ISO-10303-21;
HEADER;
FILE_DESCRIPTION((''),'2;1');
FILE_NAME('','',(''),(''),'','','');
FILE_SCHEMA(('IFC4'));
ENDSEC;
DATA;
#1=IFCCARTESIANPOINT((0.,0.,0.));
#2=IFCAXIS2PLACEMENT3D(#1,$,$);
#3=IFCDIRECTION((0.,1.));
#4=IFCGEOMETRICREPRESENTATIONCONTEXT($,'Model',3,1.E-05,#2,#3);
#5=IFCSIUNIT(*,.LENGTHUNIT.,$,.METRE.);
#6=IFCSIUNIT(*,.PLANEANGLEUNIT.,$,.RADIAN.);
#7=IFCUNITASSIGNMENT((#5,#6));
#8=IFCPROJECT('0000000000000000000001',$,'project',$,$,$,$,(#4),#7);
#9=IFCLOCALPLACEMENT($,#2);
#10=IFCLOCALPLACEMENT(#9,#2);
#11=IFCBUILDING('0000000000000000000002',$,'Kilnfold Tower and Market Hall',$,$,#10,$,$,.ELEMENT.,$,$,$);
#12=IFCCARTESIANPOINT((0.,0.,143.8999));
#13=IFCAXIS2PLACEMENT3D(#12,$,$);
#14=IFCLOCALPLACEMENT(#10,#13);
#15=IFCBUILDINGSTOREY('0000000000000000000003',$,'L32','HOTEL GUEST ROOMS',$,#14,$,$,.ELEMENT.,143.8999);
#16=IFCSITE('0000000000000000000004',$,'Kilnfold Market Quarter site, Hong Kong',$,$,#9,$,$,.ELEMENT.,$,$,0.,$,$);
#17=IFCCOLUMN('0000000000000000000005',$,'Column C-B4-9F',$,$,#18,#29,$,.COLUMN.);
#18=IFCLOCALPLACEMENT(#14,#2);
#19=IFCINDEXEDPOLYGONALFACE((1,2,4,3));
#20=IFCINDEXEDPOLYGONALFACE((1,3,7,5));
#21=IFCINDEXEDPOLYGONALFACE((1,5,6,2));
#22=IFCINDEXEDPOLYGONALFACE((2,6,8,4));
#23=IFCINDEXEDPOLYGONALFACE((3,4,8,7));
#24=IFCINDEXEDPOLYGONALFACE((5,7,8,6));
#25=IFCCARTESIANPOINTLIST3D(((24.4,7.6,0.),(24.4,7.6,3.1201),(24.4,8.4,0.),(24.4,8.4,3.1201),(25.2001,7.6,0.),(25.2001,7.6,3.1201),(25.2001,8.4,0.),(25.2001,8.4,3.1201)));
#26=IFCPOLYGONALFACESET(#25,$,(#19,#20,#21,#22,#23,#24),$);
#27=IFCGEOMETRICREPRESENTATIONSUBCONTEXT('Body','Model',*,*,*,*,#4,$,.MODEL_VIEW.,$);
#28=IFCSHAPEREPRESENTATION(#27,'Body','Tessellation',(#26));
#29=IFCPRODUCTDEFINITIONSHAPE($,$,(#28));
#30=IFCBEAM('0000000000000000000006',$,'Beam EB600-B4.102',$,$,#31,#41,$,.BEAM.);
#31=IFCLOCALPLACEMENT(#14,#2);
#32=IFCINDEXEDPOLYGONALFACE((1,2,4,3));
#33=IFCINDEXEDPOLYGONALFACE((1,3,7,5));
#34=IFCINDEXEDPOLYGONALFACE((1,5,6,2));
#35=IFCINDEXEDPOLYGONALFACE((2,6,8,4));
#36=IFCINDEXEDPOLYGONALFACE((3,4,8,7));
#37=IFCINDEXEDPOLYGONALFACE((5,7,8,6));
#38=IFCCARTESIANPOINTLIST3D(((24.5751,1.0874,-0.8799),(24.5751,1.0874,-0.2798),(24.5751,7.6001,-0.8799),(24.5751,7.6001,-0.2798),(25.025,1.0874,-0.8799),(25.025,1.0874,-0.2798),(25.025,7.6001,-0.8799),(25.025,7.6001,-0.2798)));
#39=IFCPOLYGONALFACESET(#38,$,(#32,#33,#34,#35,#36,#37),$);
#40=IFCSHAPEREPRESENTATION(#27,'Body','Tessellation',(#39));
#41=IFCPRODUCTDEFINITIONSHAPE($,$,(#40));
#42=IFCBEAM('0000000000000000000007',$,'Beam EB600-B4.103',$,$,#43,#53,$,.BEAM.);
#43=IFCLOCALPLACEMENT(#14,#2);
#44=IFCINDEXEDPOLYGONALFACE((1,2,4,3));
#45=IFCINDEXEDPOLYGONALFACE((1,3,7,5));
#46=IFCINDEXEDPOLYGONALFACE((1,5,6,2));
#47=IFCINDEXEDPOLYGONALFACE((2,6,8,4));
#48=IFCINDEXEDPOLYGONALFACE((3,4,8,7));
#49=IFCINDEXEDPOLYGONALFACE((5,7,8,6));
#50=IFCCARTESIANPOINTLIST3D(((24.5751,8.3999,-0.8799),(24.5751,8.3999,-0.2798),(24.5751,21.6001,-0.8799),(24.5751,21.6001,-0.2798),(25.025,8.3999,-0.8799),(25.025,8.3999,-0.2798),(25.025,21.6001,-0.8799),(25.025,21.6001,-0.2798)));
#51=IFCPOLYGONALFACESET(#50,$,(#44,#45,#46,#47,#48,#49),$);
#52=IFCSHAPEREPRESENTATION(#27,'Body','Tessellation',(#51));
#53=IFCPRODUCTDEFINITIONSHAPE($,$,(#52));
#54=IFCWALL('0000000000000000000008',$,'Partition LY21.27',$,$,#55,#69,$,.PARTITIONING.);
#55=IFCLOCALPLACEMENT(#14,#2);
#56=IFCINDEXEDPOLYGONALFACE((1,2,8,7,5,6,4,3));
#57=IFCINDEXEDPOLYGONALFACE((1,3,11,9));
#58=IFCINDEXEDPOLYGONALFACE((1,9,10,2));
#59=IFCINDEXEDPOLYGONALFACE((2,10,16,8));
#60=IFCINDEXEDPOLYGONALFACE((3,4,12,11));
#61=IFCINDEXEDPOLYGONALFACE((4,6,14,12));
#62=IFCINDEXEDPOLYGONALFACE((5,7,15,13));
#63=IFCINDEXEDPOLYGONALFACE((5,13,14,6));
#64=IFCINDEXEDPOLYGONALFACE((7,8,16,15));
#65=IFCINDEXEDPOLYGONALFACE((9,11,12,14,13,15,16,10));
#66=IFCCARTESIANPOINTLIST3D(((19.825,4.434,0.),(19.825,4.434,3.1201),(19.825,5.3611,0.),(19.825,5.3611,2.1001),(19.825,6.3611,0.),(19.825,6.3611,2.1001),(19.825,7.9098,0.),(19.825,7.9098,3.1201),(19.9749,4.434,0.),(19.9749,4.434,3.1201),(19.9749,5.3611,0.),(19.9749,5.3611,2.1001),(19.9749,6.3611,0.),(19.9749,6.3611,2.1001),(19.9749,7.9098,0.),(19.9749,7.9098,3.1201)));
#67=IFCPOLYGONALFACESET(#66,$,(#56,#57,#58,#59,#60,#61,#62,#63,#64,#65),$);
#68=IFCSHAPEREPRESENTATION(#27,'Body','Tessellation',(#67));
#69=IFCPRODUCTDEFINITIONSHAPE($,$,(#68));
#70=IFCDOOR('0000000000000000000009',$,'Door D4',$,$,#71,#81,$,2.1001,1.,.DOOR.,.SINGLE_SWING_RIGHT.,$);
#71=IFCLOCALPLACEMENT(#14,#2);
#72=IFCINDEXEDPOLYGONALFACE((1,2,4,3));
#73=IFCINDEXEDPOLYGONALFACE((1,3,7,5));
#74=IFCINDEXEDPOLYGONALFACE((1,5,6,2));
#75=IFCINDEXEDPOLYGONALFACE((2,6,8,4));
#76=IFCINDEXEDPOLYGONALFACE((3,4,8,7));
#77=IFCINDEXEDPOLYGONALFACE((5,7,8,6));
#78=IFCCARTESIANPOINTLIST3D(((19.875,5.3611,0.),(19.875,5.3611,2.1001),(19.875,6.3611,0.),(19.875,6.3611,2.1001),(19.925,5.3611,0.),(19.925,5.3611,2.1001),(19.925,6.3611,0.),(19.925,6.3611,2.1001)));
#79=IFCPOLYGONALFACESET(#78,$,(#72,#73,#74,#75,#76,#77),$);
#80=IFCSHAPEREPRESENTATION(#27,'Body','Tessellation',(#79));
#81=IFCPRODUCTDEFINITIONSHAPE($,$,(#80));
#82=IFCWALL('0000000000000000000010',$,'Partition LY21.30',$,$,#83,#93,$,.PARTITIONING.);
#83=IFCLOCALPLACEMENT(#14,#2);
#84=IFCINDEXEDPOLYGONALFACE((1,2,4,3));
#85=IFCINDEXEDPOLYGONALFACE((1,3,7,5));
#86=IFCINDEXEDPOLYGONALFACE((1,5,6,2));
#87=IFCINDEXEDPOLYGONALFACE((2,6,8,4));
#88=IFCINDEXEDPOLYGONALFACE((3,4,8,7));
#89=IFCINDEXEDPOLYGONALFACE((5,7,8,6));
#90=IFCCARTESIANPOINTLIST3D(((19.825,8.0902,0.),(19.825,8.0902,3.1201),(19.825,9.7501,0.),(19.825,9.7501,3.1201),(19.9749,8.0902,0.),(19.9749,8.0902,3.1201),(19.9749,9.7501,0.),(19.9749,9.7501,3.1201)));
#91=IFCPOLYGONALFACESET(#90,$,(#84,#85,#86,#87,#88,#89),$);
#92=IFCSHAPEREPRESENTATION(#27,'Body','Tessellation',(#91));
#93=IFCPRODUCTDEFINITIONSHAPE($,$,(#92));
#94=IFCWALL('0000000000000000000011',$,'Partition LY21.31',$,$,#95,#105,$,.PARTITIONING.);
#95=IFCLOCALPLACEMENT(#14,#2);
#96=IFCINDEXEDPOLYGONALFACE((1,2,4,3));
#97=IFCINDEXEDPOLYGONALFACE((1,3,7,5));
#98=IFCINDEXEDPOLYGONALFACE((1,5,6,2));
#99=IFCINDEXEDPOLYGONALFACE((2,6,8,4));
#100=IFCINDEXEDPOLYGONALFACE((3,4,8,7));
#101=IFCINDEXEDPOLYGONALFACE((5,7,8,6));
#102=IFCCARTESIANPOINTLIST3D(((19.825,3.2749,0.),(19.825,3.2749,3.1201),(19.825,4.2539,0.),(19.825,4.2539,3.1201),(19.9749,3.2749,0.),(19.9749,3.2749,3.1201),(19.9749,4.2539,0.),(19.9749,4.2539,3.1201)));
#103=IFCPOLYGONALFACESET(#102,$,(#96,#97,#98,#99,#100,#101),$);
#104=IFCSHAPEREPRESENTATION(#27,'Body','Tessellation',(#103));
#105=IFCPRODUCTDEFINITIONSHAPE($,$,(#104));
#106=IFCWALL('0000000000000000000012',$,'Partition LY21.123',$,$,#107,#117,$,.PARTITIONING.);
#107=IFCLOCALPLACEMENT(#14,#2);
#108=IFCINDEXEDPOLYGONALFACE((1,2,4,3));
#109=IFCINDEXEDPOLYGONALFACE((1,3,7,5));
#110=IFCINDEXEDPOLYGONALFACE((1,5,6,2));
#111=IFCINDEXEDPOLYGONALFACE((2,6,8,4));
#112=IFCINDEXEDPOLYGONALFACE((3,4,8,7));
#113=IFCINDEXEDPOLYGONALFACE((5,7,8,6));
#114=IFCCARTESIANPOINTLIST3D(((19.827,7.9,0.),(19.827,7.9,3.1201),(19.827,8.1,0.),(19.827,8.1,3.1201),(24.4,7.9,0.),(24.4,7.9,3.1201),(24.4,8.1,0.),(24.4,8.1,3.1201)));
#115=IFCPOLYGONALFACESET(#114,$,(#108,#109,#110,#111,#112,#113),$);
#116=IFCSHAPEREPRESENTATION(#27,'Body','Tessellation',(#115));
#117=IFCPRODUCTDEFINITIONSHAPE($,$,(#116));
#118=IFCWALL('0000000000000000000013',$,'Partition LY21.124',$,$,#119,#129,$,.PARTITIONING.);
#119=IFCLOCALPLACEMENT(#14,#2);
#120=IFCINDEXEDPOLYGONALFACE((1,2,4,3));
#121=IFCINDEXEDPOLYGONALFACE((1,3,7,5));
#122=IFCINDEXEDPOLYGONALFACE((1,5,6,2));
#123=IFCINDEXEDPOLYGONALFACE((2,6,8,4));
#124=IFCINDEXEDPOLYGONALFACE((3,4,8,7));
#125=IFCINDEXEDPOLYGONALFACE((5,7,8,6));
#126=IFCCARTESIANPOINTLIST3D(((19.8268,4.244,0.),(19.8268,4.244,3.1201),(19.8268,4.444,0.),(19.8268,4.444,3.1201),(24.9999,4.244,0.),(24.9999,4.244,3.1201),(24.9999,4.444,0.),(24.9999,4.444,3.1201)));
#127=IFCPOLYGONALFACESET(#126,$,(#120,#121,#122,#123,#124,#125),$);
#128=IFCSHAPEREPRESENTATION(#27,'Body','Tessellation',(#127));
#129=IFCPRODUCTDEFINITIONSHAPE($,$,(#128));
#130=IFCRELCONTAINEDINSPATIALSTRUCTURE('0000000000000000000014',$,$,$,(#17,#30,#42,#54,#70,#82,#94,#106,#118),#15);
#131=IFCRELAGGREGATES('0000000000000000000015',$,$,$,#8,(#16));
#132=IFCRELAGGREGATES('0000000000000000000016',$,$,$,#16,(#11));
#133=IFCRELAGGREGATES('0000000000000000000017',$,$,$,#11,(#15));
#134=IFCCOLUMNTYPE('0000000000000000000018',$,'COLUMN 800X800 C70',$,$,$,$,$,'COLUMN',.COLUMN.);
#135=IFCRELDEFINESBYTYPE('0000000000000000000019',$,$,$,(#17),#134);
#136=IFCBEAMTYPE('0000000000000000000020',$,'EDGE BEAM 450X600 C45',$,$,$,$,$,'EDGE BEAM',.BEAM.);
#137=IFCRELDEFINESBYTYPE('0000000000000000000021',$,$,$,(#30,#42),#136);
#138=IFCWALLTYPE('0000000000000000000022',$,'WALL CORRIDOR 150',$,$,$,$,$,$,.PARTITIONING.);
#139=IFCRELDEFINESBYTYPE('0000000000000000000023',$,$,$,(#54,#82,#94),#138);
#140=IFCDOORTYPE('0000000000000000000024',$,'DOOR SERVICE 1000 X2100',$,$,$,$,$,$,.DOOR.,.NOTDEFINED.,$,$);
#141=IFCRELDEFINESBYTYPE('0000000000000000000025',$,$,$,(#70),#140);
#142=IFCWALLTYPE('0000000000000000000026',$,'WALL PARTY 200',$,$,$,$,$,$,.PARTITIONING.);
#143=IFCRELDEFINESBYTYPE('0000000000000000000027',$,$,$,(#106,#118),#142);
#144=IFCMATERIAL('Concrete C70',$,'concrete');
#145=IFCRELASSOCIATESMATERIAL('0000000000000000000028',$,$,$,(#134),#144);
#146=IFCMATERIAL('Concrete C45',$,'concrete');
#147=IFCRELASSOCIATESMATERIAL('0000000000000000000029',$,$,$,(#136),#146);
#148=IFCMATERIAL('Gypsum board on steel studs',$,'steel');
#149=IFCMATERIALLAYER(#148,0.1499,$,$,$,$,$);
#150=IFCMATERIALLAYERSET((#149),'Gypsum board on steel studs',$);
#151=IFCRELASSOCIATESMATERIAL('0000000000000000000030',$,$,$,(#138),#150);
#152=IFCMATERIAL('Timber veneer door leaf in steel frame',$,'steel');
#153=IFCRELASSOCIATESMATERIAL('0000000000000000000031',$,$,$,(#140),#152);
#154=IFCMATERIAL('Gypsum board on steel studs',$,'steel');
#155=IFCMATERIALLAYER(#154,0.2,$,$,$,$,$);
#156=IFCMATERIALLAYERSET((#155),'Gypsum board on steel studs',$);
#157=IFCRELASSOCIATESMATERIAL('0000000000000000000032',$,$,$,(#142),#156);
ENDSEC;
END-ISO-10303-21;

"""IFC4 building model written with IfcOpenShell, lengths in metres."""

from ifc_helpers import new_model, si_unit, direction, frame, frame_2d, origin, origin_2d, place, context, subcontext, project, spatial, rectangle, extrude, source, transform, mapped, material, layer, layer_set, material_profile, profile_set, type_object, element, fill, save


model = new_model("IFC4")

# Units and contexts
model_context = context("Model", 3, precision=1e-05, world=origin(), true_north=direction((0.0, 1.0)))
body_context = subcontext(model_context, "Body", "Model", "MODEL_VIEW")
ifc_project = project(units=[si_unit("LENGTHUNIT", "METRE"), si_unit("PLANEANGLEUNIT", "RADIAN")], contexts=[model_context])

# Site, building, storey
site_placement = place(None, origin())
site = spatial("IfcSite", under=ifc_project, at=site_placement, Name="Kilnfold Market Quarter site, Hong Kong", CompositionType="ELEMENT", RefElevation=0.0)
building_placement = place(site_placement, origin())
building = spatial("IfcBuilding", under=site, at=building_placement, Name="Kilnfold Tower and Market Hall", CompositionType="ELEMENT")
storey_placement = place(building_placement, frame((0.0, 0.0, 143.8999)))
storey = spatial("IfcBuildingStorey", under=building, at=storey_placement, Name="L32", Description="HOTEL GUEST ROOMS", CompositionType="ELEMENT", Elevation=143.8999)

# Column
ifc_material_1 = material(Name="Concrete C70", Category="concrete")
ifc_material_profile_1 = material_profile(ifc_material_1, rectangle(XDim=0.8, YDim=0.8, at=origin_2d()), Name="RC 800x800")
ifc_profile_set_1 = profile_set([ifc_material_profile_1], Name="Concrete C70")
column_type = type_object("IfcColumnType", Name="COLUMN 800X800 C70", ElementType="COLUMN", PredefinedType="COLUMN", material=ifc_profile_set_1)
shared_shape_1 = source(origin(), body_context, "Body", "SweptSolid", [
    extrude(rectangle(XDim=0.8, YDim=0.8, at=origin_2d()), origin(), (0.0, 0.0, 1.0), 3.1201),
])
column_placement = place(storey_placement, frame((24.8, 8.0, 0.0), z_axis=(0.0, 0.0, 1.0), x_axis=(1.0, 0.0, 0.0)))
element("IfcColumn", 1, at=column_placement, inside=storey, type_object=column_type, Name="Column C-B4-9F", PredefinedType="COLUMN", context=body_context, shape_type="MappedRepresentation", body=[
    mapped(shared_shape_1, transform((0.0, 0.0, 0.0))),
])

# Beams
ifc_material_2 = material(Name="Concrete C45", Category="concrete")
ifc_material_profile_2 = material_profile(ifc_material_2, rectangle(XDim=0.45, YDim=0.6001, at=origin_2d()), Name="RC 450x600")
ifc_profile_set_2 = profile_set([ifc_material_profile_2], Name="Concrete C45")
beam_type = type_object("IfcBeamType", Name="EDGE BEAM 450X600 C45", ElementType="EDGE BEAM", PredefinedType="BEAM", material=ifc_profile_set_2)
shared_shape_2 = source(origin(), body_context, "Body", "SweptSolid", [
    extrude(rectangle(XDim=0.45, YDim=0.6001, at=origin_2d()), origin(), (0.0, 0.0, 1.0), 6.5127),
])
beam_1_placement = place(storey_placement, frame((24.8, 1.0874, -0.5798), z_axis=(0.0, 1.0, 0.0), x_axis=(-1.0, 0.0, 0.0)))
element("IfcBeam", 2, at=beam_1_placement, inside=storey, type_object=beam_type, Name="Beam EB600-B4.102", PredefinedType="BEAM", context=body_context, shape_type="MappedRepresentation", body=[
    mapped(shared_shape_2, transform((0.0, 0.0, 0.0))),
])
shared_shape_3 = source(origin(), body_context, "Body", "SweptSolid", [
    extrude(rectangle(XDim=0.45, YDim=0.6001, at=origin_2d()), origin(), (0.0, 0.0, 1.0), 13.2002),
])
beam_2_placement = place(storey_placement, frame((24.8, 8.3999, -0.5798), z_axis=(0.0, 1.0, 0.0), x_axis=(-1.0, 0.0, 0.0)))
element("IfcBeam", 3, at=beam_2_placement, inside=storey, type_object=beam_type, Name="Beam EB600-B4.103", PredefinedType="BEAM", context=body_context, shape_type="MappedRepresentation", body=[
    mapped(shared_shape_3, transform((0.0, 0.0, 0.0))),
])

# Wall, opening, door
ifc_material_3 = material(Name="Gypsum board on steel studs", Category="steel")
ifc_layer_1 = layer(ifc_material_3, 0.1499)
ifc_layer_set_1 = layer_set([ifc_layer_1], Name="Gypsum board on steel studs")
wall_type_1 = type_object("IfcWallType", Name="WALL CORRIDOR 150", PredefinedType="PARTITIONING", material=ifc_layer_set_1)
wall_1_placement = place(storey_placement, frame((19.8999, 4.4341, 0.0), z_axis=(0.0, 0.0, 1.0), x_axis=(0.0, 1.0, 0.0)))
wall_1 = element("IfcWall", 4, at=wall_1_placement, inside=storey, type_object=wall_type_1, Name="Partition LY21.27", PredefinedType="PARTITIONING", context=body_context, shape_type="SweptSolid", body=[
    extrude(rectangle(XDim=3.4758, YDim=0.1499, at=frame_2d((1.7378, 0.0))), origin(), (0.0, 0.0, 1.0), 3.1201),
])
opening_1_placement = place(wall_1_placement, frame((0.927, 0.0, 0.0)))
opening_1 = element("IfcOpeningElement", 5, at=opening_1_placement, cuts=wall_1, PredefinedType="OPENING", context=body_context, shape_type="SweptSolid", body=[
    extrude(rectangle(XDim=1.0, YDim=2.1001, at=frame_2d((0.5, 1.05))), frame((0.0, 0.085, 0.0), z_axis=(0.0, -1.0, 0.0), x_axis=(1.0, 0.0, 0.0)), (0.0, 0.0, 1.0), 0.1699),
])
ifc_material_4 = material(Name="Timber veneer door leaf in steel frame", Category="steel")
door_type = type_object("IfcDoorType", Name="DOOR SERVICE 1000 X2100", OperationType="NOTDEFINED", PredefinedType="DOOR", material=ifc_material_4)
door_placement = place(opening_1_placement, origin())
door = element("IfcDoor", 6, at=door_placement, inside=storey, type_object=door_type, Name="Door D4", OperationType="SINGLE_SWING_RIGHT", OverallHeight=2.1001, OverallWidth=1.0, PredefinedType="DOOR", context=body_context, shape_type="SweptSolid", body=[
    extrude(rectangle(XDim=1.0, YDim=2.1001, at=frame_2d((0.5, 1.05))), frame((0.0, 0.0249, 0.0), z_axis=(0.0, -1.0, 0.0), x_axis=(1.0, 0.0, 0.0)), (0.0, 0.0, 1.0), 0.05),
])
fill(opening_1, door)

# Walls
wall_2_placement = place(storey_placement, frame((19.8999, 8.0901, 0.0), z_axis=(0.0, 0.0, 1.0), x_axis=(0.0, 1.0, 0.0)))
element("IfcWall", 7, at=wall_2_placement, inside=storey, type_object=wall_type_1, Name="Partition LY21.30", PredefinedType="PARTITIONING", context=body_context, shape_type="SweptSolid", body=[
    extrude(rectangle(XDim=1.6599, YDim=0.1499, at=frame_2d((0.8301, 0.0))), origin(), (0.0, 0.0, 1.0), 3.1201),
])
wall_3_placement = place(storey_placement, frame((19.8999, 3.2749, 0.0), z_axis=(0.0, 0.0, 1.0), x_axis=(0.0, 1.0, 0.0)))
element("IfcWall", 8, at=wall_3_placement, inside=storey, type_object=wall_type_1, Name="Partition LY21.31", PredefinedType="PARTITIONING", context=body_context, shape_type="SweptSolid", body=[
    extrude(rectangle(XDim=0.979, YDim=0.1499, at=frame_2d((0.4895, 0.0))), origin(), (0.0, 0.0, 1.0), 3.1201),
])
ifc_material_5 = material(Name="Gypsum board on steel studs", Category="steel")
ifc_layer_2 = layer(ifc_material_5, 0.2)
ifc_layer_set_2 = layer_set([ifc_layer_2], Name="Gypsum board on steel studs")
wall_type_2 = type_object("IfcWallType", Name="WALL PARTY 200", PredefinedType="PARTITIONING", material=ifc_layer_set_2)
wall_4_placement = place(storey_placement, frame((19.8269, 8.0, 0.0), z_axis=(0.0, 0.0, 1.0), x_axis=(1.0, 0.0, 0.0)))
element("IfcWall", 9, at=wall_4_placement, inside=storey, type_object=wall_type_2, Name="Partition LY21.123", PredefinedType="PARTITIONING", context=body_context, shape_type="SweptSolid", body=[
    extrude(rectangle(XDim=4.573, YDim=0.2, at=frame_2d((2.2866, 0.0))), origin(), (0.0, 0.0, 1.0), 3.1201),
])
wall_5_placement = place(storey_placement, frame((19.8269, 4.344, 0.0), z_axis=(0.0, 0.0, 1.0), x_axis=(1.0, 0.0, 0.0)))
element("IfcWall", 10, at=wall_5_placement, inside=storey, type_object=wall_type_2, Name="Partition LY21.124", PredefinedType="PARTITIONING", context=body_context, shape_type="SweptSolid", body=[
    extrude(rectangle(XDim=5.1731, YDim=0.2, at=frame_2d((2.5864, 0.0))), origin(), (0.0, 0.0, 1.0), 3.1201),
])

save(model, "model.ifc")
